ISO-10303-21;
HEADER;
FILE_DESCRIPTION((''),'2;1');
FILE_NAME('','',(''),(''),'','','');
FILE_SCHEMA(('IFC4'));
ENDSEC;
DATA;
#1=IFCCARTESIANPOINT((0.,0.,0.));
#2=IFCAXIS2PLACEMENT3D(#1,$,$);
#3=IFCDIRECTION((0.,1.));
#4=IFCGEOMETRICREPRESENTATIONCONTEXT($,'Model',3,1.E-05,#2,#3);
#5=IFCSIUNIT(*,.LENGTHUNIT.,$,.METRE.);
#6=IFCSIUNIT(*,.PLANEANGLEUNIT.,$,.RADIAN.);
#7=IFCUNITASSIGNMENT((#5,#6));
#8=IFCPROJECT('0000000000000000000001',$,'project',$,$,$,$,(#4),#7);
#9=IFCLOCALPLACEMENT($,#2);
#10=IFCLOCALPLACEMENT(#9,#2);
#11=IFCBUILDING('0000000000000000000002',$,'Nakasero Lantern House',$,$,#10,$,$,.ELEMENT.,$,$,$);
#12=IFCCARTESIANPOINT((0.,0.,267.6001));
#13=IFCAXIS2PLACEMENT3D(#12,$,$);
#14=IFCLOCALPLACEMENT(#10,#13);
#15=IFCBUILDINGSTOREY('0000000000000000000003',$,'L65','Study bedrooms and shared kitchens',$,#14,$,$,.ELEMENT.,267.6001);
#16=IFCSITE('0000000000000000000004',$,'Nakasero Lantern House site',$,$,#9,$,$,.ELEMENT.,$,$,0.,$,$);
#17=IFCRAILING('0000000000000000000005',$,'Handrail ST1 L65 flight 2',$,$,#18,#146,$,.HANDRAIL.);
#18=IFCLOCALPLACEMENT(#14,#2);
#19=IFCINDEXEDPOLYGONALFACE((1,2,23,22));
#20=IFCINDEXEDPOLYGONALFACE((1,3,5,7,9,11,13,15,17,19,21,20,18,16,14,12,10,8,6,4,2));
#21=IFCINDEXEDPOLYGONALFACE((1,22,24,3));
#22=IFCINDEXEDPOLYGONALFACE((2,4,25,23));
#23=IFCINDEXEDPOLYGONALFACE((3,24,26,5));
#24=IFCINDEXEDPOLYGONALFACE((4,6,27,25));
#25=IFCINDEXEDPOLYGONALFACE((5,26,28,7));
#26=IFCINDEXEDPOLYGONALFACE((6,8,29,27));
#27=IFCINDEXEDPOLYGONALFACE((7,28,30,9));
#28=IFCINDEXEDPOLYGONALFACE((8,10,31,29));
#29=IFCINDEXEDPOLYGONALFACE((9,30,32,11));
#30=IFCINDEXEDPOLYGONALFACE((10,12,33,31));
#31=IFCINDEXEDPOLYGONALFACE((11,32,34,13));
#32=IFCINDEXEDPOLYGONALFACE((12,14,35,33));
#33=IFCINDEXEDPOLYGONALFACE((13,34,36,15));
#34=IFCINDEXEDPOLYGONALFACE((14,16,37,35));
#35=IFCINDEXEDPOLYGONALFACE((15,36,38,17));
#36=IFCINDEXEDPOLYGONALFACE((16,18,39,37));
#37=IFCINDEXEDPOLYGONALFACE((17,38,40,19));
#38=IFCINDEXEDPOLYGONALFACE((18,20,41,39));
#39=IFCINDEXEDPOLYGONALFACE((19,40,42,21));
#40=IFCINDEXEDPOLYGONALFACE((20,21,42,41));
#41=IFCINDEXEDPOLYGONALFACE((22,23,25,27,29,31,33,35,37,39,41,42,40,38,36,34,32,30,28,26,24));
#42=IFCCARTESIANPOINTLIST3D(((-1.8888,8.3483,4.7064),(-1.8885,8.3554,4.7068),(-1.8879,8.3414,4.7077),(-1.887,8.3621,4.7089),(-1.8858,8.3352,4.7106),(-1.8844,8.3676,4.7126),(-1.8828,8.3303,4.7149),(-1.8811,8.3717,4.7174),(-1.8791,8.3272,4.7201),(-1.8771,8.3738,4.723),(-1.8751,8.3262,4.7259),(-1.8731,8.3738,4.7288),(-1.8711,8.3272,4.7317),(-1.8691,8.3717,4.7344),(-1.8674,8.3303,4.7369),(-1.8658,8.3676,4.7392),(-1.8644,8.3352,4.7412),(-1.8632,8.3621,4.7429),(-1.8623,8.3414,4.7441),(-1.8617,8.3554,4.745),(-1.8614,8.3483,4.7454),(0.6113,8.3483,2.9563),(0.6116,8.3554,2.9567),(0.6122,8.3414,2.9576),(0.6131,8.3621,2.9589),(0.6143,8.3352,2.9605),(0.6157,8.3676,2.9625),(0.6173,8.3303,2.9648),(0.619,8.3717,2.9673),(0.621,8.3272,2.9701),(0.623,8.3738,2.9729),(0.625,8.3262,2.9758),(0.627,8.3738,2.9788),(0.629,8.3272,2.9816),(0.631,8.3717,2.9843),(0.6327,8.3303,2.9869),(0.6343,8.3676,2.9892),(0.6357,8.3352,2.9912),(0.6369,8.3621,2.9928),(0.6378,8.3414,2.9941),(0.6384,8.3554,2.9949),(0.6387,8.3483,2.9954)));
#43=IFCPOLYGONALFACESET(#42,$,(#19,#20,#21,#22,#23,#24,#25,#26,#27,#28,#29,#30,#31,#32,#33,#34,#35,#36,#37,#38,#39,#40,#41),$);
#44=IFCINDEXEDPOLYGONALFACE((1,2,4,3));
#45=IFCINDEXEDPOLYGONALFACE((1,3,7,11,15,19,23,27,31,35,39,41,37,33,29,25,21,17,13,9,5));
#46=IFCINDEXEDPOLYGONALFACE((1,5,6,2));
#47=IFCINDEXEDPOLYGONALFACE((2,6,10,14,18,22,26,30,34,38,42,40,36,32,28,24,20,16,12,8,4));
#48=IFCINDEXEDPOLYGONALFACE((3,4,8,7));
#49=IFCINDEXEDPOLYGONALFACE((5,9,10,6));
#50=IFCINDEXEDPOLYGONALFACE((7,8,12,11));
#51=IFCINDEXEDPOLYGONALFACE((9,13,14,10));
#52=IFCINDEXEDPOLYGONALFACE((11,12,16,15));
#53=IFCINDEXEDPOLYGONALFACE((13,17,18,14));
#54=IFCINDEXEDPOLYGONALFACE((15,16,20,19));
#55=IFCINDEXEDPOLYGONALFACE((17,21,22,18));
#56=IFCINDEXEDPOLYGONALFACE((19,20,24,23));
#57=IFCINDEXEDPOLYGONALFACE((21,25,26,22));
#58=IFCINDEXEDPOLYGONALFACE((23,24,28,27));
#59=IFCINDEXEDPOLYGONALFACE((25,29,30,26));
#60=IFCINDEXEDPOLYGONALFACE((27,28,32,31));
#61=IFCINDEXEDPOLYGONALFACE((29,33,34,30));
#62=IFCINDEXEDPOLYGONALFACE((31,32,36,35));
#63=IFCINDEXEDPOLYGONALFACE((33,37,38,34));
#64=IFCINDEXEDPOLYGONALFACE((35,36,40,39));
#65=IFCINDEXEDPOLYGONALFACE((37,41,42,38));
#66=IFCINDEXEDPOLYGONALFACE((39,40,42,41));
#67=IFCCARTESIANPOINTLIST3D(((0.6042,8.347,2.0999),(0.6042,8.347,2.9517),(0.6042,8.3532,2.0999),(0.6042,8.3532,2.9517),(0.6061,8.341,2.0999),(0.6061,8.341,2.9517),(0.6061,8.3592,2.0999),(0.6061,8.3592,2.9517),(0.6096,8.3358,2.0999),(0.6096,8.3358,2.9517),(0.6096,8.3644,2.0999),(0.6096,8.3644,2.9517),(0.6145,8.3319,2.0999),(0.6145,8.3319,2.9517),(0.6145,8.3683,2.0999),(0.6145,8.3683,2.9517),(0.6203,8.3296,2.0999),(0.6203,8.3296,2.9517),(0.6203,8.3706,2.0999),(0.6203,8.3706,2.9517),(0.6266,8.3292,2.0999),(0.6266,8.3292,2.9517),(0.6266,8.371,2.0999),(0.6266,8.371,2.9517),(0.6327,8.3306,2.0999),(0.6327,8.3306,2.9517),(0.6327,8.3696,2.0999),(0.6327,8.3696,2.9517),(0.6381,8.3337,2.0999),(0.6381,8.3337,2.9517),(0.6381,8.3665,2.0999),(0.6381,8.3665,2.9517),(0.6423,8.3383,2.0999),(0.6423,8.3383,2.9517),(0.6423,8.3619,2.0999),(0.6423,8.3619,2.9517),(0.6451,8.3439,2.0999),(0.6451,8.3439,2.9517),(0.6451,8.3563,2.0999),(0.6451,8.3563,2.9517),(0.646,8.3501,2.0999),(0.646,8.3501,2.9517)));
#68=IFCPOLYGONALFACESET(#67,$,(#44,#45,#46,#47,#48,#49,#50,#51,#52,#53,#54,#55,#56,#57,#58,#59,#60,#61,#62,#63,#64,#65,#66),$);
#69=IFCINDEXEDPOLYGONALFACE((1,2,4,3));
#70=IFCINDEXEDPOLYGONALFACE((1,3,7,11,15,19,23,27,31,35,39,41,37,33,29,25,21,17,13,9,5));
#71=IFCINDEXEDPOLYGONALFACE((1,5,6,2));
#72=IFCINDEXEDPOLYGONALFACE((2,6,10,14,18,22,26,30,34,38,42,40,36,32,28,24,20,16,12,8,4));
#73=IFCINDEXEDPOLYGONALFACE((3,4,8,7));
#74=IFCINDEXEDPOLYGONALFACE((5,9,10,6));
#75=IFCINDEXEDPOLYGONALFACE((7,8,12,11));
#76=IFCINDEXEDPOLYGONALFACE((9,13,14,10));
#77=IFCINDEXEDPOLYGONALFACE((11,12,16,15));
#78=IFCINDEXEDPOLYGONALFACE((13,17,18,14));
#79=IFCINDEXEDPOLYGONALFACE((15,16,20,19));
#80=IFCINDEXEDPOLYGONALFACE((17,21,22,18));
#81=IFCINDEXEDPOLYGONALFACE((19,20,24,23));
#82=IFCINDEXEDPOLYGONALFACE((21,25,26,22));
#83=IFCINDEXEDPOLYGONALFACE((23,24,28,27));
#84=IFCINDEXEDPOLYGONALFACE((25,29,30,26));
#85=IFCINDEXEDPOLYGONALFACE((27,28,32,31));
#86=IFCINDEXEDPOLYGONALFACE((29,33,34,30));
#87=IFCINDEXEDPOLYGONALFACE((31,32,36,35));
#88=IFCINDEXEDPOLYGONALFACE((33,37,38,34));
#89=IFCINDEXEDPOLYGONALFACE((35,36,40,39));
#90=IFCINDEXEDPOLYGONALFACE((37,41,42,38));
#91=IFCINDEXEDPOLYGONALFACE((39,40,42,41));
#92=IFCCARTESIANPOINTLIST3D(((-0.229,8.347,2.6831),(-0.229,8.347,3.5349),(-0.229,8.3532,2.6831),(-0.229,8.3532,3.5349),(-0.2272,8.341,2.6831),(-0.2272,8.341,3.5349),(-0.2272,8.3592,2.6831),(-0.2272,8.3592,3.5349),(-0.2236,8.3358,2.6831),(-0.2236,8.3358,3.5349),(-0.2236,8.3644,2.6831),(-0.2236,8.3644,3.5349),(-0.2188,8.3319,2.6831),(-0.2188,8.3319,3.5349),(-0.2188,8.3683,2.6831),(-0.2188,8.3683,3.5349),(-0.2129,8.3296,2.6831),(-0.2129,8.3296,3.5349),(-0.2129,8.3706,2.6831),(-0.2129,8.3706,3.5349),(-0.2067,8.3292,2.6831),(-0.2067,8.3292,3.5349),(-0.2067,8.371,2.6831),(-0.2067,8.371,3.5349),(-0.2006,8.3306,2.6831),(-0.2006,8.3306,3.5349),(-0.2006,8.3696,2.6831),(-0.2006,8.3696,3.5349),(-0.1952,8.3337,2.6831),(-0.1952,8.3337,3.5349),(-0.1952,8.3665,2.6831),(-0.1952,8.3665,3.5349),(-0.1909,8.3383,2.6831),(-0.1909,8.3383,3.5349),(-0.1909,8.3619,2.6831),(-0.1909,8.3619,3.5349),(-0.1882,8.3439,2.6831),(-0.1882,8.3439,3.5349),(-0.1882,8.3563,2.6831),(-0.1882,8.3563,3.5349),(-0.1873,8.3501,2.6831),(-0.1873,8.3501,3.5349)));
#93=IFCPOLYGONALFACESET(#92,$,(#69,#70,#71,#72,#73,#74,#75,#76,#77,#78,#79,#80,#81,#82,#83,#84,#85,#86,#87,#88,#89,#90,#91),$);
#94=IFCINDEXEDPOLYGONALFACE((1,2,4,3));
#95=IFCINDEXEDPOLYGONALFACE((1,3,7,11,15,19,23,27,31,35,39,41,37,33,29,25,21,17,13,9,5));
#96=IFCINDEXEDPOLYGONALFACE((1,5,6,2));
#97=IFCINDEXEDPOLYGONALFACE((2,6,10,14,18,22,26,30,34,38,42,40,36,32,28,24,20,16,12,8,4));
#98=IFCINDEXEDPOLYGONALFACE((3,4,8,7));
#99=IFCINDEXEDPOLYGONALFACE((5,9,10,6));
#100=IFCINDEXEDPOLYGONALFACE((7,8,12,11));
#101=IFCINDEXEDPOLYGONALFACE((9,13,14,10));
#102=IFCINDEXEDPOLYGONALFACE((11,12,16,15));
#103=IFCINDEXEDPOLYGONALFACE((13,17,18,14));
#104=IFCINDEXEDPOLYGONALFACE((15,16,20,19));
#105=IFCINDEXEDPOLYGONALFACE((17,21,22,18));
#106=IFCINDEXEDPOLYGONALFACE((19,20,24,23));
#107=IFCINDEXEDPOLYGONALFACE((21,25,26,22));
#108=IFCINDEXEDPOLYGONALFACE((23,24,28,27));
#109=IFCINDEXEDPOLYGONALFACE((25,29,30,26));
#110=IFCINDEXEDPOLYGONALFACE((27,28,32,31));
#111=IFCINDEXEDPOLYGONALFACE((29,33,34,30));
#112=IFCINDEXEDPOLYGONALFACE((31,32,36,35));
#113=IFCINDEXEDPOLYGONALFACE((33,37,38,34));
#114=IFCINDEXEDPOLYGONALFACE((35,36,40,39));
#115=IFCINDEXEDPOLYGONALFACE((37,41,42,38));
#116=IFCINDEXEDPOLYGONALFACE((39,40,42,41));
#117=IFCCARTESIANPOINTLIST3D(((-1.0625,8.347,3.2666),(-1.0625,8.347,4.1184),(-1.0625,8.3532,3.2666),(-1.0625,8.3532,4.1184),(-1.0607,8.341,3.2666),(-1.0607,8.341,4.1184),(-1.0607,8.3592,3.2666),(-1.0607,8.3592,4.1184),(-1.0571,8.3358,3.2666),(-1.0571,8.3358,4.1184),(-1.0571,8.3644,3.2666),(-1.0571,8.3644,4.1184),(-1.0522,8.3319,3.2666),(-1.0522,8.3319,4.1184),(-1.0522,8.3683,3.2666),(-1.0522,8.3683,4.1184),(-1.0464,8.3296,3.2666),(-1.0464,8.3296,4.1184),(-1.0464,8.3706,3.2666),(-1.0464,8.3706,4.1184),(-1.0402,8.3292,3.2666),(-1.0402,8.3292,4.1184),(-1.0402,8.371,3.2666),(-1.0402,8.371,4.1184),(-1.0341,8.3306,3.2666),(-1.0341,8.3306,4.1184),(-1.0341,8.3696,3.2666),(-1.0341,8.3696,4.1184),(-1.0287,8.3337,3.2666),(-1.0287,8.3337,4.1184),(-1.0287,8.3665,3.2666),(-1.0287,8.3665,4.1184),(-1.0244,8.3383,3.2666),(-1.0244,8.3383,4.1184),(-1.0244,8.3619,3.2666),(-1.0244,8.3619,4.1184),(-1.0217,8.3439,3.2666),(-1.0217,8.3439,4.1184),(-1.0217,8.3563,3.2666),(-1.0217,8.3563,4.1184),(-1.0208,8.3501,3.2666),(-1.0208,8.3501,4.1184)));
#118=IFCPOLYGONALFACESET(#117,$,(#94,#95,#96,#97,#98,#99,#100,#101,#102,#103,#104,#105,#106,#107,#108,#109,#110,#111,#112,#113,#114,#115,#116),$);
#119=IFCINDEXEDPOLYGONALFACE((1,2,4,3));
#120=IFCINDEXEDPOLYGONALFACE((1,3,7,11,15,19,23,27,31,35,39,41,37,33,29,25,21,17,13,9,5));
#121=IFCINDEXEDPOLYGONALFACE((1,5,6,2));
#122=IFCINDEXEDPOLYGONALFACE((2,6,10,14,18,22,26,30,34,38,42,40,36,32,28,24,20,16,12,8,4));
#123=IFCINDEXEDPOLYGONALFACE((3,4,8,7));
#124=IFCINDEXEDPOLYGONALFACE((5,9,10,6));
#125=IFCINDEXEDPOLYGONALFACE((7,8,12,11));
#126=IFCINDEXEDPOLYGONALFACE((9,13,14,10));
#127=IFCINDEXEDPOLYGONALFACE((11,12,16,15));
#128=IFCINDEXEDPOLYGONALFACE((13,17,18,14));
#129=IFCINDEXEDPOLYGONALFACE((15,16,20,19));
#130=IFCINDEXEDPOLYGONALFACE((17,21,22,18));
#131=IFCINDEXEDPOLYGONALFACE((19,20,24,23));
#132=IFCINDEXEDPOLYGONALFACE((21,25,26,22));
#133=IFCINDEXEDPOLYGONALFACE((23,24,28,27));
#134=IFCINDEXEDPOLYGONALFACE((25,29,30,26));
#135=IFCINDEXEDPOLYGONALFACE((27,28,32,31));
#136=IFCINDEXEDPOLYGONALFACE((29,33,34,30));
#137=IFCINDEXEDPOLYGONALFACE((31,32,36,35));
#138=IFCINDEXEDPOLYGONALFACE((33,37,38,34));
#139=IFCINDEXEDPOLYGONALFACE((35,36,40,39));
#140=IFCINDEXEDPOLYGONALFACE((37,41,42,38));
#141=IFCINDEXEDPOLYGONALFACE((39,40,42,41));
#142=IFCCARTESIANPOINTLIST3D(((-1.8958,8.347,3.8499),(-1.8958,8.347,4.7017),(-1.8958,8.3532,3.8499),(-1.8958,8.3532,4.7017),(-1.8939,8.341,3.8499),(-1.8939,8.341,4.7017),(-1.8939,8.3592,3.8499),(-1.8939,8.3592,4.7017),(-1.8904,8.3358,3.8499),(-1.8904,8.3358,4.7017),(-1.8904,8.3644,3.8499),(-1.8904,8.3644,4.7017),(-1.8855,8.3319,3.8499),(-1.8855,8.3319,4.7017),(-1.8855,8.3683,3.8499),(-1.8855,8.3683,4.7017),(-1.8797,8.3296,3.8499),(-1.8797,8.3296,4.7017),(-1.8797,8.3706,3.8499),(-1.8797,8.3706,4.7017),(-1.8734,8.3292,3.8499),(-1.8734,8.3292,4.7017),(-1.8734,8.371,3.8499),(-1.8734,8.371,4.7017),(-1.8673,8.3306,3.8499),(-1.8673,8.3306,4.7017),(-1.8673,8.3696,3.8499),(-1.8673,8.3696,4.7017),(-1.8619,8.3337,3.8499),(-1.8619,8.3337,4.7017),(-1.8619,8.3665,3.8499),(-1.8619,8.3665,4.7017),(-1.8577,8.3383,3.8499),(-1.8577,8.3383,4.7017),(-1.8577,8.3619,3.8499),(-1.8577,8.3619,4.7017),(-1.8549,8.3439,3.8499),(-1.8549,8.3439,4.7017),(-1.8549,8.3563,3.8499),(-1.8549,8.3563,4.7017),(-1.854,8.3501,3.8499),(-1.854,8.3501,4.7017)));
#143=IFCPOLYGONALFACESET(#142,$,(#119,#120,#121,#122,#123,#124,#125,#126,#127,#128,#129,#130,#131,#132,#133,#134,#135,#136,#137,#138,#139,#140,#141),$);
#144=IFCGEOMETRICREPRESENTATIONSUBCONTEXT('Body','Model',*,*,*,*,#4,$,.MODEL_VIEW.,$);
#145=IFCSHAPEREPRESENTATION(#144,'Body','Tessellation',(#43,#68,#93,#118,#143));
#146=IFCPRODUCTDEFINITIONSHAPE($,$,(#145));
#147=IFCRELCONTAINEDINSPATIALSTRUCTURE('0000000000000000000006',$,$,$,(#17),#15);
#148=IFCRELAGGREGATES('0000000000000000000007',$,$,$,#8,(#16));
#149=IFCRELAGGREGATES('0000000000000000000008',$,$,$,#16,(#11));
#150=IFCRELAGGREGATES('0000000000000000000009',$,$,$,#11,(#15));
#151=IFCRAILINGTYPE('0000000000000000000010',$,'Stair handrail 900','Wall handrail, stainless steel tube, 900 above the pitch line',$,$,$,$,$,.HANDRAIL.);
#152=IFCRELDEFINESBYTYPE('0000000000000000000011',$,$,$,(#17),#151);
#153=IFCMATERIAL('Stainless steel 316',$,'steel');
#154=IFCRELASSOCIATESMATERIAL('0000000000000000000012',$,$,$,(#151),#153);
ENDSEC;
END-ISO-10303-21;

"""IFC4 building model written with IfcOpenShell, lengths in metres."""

from ifc_helpers import new_model, si_unit, direction, frame, origin, origin_2d, place, context, subcontext, project, spatial, circle, extrude, material, type_object, element, save


model = new_model("IFC4")

# Units and contexts
model_context = context("Model", 3, precision=1e-05, world=origin(), true_north=direction((0.0, 1.0)))
body_context = subcontext(model_context, "Body", "Model", "MODEL_VIEW")
ifc_project = project(units=[si_unit("LENGTHUNIT", "METRE"), si_unit("PLANEANGLEUNIT", "RADIAN")], contexts=[model_context])

# Site, building, storey
site_placement = place(None, origin())
site = spatial("IfcSite", under=ifc_project, at=site_placement, Name="Nakasero Lantern House site", CompositionType="ELEMENT", RefElevation=0.0)
building_placement = place(site_placement, origin())
building = spatial("IfcBuilding", under=site, at=building_placement, Name="Nakasero Lantern House", CompositionType="ELEMENT")
storey_placement = place(building_placement, frame((0.0, 0.0, 267.6001)))
storey = spatial("IfcBuildingStorey", under=building, at=storey_placement, Name="L65", Description="Study bedrooms and shared kitchens", CompositionType="ELEMENT", Elevation=267.6001)

# Railing
ifc_material_1 = material(Name="Stainless steel 316", Category="steel")
railing_type = type_object("IfcRailingType", Name="Stair handrail 900", Description="Wall handrail, stainless steel tube, 900 above the pitch line", PredefinedType="HANDRAIL", material=ifc_material_1)
railing_placement = place(storey_placement, frame((0.625, 8.3501, 2.0999)))
element("IfcRailing", 1, at=railing_placement, inside=storey, type_object=railing_type, Name="Handrail ST1 L65 flight 2", PredefinedType="HANDRAIL", context=body_context, shape_type="SweptSolid", body=[
    extrude(circle(Radius=0.0239, at=origin_2d()), frame((0.0, 0.0, 0.876), z_axis=(-0.819232, 0.0, 0.573462), x_axis=(0.0, -1.0, 0.0)), (0.0, 0.0, 1.0), 3.0518),
    extrude(circle(Radius=0.021, at=origin_2d()), origin(), (0.0, 0.0, 1.0), 0.8518),
    extrude(circle(Radius=0.021, at=origin_2d()), frame((-0.8333, 0.0, 0.5833)), (0.0, 0.0, 1.0), 0.8518),
    extrude(circle(Radius=0.021, at=origin_2d()), frame((-1.6667, 0.0, 1.1667)), (0.0, 0.0, 1.0), 0.8518),
    extrude(circle(Radius=0.021, at=origin_2d()), frame((-2.5, 0.0, 1.75)), (0.0, 0.0, 1.0), 0.8518),
])

save(model, "model.ifc")
